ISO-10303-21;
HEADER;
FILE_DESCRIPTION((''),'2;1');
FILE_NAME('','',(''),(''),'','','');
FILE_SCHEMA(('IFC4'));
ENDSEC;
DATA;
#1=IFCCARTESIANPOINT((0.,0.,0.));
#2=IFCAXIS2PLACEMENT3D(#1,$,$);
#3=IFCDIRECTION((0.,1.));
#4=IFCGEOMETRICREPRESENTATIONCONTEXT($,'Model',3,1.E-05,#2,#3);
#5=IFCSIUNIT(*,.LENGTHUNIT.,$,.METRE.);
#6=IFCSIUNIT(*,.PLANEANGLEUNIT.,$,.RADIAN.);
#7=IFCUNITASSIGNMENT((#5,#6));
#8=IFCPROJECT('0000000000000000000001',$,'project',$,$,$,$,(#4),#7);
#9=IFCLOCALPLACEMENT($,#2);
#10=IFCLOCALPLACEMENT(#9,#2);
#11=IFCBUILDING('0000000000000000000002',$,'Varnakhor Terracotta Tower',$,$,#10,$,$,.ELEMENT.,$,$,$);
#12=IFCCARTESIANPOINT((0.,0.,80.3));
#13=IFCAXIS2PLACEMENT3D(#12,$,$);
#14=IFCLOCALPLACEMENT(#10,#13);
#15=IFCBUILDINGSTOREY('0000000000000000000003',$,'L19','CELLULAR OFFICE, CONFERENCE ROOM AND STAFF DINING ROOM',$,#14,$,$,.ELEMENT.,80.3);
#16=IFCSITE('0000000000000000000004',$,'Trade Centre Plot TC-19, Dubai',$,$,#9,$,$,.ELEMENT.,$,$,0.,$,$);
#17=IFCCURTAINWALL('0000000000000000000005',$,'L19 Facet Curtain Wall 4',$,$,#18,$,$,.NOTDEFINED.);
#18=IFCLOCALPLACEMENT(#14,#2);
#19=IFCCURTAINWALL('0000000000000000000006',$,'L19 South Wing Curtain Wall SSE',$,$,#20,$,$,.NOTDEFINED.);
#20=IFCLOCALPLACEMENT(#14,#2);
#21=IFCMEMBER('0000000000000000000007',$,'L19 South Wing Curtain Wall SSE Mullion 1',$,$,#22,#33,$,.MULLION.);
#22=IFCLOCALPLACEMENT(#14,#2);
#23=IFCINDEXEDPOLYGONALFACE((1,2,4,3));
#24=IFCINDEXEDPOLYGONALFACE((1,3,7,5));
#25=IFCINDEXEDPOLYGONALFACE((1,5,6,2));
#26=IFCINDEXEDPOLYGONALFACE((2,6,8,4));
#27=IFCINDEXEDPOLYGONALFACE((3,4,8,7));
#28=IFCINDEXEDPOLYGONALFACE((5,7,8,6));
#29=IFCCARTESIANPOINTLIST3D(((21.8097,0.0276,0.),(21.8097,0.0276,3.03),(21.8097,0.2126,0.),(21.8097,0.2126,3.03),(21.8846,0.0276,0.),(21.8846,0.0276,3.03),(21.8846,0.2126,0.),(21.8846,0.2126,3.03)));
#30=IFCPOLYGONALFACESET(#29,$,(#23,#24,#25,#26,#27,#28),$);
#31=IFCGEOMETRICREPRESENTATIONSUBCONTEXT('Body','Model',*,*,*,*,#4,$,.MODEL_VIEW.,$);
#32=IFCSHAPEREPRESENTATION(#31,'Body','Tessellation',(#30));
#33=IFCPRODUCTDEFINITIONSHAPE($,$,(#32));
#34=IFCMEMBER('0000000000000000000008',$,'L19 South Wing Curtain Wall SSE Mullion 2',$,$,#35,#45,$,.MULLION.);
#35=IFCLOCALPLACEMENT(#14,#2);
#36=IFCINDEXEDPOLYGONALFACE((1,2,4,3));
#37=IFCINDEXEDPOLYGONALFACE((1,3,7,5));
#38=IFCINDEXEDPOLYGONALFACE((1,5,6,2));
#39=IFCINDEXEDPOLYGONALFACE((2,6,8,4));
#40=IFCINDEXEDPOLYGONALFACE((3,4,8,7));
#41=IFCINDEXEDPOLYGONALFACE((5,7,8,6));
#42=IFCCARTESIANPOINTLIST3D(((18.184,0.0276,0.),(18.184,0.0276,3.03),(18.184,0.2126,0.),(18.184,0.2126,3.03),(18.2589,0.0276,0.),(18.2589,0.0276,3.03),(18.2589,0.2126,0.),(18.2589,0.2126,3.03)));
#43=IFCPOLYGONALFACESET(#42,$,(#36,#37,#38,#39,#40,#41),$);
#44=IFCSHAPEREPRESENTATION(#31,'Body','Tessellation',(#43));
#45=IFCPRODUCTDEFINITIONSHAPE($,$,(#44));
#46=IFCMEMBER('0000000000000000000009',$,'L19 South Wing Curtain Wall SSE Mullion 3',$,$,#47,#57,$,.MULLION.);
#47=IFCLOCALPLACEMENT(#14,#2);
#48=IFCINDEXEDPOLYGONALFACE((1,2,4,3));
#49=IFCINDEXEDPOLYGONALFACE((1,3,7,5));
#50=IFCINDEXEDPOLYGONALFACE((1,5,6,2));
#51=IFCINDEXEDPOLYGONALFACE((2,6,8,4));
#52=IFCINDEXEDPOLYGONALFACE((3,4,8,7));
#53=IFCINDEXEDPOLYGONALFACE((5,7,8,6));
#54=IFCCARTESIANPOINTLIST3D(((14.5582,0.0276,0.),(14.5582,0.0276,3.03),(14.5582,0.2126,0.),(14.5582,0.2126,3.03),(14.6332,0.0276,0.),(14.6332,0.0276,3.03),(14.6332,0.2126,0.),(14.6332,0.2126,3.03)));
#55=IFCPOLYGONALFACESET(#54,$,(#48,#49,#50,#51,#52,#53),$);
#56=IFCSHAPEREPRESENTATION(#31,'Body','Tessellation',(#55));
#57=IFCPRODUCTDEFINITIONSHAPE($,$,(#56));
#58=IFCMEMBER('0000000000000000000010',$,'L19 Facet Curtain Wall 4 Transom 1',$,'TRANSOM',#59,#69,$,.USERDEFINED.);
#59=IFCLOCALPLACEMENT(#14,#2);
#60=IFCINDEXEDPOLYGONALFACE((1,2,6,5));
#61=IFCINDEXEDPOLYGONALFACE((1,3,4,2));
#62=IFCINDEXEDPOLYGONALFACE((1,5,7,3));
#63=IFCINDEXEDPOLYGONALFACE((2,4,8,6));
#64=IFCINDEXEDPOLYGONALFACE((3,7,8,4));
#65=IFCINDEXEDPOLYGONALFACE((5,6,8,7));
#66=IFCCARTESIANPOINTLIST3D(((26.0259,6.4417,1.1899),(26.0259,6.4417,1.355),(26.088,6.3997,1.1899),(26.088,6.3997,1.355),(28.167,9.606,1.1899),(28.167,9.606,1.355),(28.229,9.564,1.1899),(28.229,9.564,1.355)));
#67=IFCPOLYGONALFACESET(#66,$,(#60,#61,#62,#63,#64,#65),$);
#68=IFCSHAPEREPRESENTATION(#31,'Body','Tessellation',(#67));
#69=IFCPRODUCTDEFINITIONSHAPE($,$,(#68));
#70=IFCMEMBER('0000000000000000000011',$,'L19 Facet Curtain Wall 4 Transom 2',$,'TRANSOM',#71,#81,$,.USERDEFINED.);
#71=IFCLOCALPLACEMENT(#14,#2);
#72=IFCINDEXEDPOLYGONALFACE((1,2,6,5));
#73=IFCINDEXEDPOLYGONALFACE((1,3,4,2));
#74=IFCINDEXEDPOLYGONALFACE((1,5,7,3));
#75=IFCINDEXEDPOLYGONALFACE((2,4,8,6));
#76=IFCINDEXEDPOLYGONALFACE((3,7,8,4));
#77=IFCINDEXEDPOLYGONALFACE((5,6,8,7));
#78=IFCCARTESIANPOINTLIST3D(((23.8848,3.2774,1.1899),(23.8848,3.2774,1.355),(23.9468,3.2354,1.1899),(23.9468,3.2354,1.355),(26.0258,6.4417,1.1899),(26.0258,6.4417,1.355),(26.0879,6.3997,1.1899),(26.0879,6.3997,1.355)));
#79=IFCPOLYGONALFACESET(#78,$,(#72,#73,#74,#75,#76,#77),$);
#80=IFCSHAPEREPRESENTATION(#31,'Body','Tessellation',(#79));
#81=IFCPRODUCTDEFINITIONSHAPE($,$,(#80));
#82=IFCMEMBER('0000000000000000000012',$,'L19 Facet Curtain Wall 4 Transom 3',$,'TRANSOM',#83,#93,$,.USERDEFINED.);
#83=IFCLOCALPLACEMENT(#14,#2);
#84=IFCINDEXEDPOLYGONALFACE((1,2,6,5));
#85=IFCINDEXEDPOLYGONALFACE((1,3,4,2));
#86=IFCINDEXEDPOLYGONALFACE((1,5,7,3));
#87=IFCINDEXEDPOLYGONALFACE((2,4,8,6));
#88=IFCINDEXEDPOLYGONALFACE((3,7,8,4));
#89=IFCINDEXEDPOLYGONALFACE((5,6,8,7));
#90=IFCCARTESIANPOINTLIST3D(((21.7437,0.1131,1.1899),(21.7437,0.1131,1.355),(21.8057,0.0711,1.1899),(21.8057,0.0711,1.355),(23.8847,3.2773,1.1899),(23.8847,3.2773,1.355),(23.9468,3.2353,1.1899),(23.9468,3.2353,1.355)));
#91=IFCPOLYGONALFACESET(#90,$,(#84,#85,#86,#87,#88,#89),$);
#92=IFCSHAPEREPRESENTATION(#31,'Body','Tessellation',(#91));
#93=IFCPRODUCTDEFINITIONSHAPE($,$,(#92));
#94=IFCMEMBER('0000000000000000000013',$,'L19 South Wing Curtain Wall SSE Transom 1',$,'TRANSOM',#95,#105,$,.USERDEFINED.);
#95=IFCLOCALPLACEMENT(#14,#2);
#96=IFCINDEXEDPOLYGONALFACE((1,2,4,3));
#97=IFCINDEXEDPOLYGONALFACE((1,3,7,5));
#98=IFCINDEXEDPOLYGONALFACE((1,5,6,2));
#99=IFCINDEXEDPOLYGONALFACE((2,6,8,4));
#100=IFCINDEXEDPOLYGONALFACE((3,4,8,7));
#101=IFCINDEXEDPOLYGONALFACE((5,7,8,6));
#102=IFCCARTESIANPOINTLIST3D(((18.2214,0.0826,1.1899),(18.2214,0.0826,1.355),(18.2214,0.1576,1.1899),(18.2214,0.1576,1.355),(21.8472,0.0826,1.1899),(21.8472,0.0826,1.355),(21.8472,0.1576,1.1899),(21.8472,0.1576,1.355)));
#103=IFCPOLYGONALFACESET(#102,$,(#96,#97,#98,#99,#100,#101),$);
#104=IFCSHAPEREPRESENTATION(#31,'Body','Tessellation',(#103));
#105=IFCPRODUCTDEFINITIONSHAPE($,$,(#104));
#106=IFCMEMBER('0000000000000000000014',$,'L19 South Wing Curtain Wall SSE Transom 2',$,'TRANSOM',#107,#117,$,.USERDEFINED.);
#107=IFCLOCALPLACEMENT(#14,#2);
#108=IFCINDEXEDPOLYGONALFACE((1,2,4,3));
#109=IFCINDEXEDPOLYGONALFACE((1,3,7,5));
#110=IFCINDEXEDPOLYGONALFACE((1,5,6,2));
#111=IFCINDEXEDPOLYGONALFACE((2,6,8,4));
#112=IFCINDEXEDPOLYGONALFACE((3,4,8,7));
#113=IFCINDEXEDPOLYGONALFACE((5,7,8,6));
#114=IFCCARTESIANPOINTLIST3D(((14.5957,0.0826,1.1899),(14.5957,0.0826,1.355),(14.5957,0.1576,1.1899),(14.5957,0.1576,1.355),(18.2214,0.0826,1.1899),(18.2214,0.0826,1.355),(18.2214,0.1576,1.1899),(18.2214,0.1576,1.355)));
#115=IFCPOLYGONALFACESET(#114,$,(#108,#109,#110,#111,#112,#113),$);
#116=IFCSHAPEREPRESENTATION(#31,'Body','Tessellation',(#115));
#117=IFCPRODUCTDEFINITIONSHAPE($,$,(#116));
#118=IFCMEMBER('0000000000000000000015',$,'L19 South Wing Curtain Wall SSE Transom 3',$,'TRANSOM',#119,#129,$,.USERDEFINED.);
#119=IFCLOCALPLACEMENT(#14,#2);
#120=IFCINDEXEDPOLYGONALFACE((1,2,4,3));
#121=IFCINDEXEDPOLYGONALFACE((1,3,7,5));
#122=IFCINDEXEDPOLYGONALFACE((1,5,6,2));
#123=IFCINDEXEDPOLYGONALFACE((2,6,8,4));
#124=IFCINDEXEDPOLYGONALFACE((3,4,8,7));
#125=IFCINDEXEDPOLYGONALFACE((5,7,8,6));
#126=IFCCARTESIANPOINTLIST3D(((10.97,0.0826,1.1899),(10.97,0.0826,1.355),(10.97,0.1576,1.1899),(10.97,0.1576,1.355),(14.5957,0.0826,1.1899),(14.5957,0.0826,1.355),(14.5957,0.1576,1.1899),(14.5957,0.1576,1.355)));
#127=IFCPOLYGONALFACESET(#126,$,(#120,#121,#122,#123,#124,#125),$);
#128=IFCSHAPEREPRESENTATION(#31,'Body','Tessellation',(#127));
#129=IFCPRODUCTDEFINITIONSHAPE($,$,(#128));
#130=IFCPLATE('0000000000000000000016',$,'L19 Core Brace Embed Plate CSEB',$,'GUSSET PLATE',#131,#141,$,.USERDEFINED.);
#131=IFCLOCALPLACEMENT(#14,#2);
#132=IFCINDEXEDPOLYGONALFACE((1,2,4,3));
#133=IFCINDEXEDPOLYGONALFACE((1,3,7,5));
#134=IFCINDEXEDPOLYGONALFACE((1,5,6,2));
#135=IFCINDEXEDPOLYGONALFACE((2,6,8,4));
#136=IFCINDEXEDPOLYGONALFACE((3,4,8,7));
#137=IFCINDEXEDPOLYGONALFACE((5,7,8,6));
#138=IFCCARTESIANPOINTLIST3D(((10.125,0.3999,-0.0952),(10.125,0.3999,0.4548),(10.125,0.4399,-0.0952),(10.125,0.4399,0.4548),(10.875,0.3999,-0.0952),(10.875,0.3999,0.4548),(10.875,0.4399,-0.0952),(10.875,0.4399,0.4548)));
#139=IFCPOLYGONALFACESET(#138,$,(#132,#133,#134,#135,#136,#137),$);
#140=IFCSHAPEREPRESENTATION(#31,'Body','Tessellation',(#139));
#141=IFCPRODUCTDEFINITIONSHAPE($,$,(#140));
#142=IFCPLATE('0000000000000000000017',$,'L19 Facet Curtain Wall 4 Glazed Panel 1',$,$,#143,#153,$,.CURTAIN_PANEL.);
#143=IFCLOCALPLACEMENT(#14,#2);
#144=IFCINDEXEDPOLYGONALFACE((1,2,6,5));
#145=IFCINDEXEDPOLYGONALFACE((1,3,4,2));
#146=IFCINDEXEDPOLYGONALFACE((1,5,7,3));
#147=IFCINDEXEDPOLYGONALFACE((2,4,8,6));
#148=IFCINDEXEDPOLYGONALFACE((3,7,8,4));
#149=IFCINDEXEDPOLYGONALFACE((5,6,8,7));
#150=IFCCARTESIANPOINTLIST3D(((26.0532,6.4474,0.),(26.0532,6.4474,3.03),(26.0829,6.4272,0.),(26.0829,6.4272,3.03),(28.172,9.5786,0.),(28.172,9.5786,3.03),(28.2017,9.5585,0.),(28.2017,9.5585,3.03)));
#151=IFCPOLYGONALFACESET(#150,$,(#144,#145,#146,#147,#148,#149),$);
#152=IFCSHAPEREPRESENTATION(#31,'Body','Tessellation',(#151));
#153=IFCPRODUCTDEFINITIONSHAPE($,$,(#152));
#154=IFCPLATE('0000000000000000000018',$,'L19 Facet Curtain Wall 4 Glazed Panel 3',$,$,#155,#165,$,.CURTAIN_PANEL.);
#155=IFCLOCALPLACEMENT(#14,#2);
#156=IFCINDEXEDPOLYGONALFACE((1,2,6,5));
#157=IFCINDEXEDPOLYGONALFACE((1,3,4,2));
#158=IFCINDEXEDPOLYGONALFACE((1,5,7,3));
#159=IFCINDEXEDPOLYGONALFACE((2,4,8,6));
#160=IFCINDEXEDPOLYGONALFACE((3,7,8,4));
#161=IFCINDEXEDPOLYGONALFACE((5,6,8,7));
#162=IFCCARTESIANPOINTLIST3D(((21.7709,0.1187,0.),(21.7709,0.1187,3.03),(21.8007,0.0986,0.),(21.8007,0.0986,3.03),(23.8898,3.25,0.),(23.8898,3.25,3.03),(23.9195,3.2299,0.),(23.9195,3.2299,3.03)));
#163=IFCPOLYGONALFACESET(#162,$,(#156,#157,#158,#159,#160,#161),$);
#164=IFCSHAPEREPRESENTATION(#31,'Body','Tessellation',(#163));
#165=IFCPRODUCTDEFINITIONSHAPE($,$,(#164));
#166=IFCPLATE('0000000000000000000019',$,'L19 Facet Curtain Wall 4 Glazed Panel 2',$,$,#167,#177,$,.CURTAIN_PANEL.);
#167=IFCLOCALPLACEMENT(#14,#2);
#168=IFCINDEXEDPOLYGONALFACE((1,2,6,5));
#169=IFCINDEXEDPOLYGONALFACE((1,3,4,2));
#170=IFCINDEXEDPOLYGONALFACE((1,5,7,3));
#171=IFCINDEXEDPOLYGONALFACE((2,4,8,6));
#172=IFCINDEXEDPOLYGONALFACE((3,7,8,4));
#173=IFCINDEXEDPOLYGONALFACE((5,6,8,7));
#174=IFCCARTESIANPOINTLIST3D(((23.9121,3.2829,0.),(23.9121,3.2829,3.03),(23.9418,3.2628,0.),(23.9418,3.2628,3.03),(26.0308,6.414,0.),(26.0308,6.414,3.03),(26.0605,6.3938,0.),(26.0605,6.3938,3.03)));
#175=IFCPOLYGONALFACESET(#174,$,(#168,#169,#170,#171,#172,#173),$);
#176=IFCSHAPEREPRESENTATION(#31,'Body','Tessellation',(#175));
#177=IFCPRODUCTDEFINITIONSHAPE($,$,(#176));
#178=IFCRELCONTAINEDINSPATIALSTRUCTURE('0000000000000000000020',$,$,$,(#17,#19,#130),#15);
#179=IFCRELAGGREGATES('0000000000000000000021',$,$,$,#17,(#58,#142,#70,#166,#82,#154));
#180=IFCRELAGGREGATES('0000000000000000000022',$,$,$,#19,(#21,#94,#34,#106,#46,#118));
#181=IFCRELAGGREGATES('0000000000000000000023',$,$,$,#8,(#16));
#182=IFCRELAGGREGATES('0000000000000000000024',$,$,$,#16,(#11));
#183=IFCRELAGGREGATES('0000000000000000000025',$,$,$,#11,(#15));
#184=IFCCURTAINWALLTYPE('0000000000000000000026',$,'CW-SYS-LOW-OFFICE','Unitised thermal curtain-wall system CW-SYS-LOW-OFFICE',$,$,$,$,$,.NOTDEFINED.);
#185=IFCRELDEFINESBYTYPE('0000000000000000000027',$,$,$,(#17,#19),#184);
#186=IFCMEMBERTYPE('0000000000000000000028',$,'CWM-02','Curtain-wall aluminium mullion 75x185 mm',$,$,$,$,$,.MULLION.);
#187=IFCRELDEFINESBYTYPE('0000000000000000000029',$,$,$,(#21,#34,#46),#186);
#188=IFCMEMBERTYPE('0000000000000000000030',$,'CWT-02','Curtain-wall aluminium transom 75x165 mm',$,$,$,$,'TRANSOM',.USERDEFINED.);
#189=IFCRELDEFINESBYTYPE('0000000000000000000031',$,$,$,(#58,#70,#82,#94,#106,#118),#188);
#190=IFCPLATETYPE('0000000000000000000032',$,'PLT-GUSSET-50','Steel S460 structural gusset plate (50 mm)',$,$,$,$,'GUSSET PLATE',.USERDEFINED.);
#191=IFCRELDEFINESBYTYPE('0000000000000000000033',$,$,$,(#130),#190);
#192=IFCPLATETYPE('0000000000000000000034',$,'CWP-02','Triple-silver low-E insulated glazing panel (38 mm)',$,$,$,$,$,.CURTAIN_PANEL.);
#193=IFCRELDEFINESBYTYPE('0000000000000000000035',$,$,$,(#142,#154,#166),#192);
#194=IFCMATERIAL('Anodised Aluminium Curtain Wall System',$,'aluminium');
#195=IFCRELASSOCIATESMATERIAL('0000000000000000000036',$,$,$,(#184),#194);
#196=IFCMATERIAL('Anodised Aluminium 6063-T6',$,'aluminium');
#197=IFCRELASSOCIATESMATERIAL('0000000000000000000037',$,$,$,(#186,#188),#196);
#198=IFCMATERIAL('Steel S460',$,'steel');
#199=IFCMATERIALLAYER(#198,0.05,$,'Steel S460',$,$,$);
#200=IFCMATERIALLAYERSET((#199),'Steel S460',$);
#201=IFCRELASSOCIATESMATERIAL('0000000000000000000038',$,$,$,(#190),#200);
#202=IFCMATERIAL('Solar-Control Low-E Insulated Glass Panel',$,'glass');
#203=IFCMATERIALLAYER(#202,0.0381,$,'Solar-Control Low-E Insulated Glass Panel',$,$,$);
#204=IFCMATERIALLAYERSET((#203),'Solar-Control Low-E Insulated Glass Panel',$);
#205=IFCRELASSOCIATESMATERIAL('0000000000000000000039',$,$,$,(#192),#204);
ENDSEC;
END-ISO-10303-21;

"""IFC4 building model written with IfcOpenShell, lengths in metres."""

from ifc_helpers import new_model, si_unit, direction, frame, origin, origin_2d, place, context, subcontext, project, spatial, rectangle, extrude, source, transform, mapped, material, layer, layer_set, material_profile, profile_set, type_object, type_shapes, element, aggregate, save


model = new_model("IFC4")

# Units and contexts
model_context = context("Model", 3, precision=1e-05, world=origin(), true_north=direction((0.0, 1.0)))
body_context = subcontext(model_context, "Body", "Model", "MODEL_VIEW")
ifc_project = project(units=[si_unit("LENGTHUNIT", "METRE"), si_unit("PLANEANGLEUNIT", "RADIAN")], contexts=[model_context])

# Site, building, storey
site_placement = place(None, origin())
site = spatial("IfcSite", under=ifc_project, at=site_placement, Name="Trade Centre Plot TC-19, Dubai", CompositionType="ELEMENT", RefElevation=0.0)
building_placement = place(site_placement, origin())
building = spatial("IfcBuilding", under=site, at=building_placement, Name="Varnakhor Terracotta Tower", CompositionType="ELEMENT")
storey_placement = place(building_placement, frame((0.0, 0.0, 80.3)))
storey = spatial("IfcBuildingStorey", under=building, at=storey_placement, Name="L19", Description="CELLULAR OFFICE, CONFERENCE ROOM AND STAFF DINING ROOM", CompositionType="ELEMENT", Elevation=80.3)

# Shared definitions
ifc_material_1 = material(Name="Steel S460", Category="steel")

# Curtain walls, members
ifc_material_2 = material(Name="Anodised Aluminium Curtain Wall System", Category="aluminium")
curtain_wall_type = type_object("IfcCurtainWallType", Name="CW-SYS-LOW-OFFICE", Description="Unitised thermal curtain-wall system CW-SYS-LOW-OFFICE", PredefinedType="NOTDEFINED", material=ifc_material_2)
curtain_wall_1_placement = place(storey_placement, origin())
curtain_wall_1 = element("IfcCurtainWall", 1, at=curtain_wall_1_placement, inside=storey, type_object=curtain_wall_type, Name="L19 Facet Curtain Wall 4", PredefinedType="NOTDEFINED")
ifc_material_3 = material(Name="Anodised Aluminium 6063-T6", Category="aluminium")
ifc_material_profile_1 = material_profile(ifc_material_3, rectangle(XDim=0.075, YDim=0.1851, at=origin_2d()), Name="ALU MULLION 75x185")
ifc_profile_set_1 = profile_set([ifc_material_profile_1], Name="Anodised Aluminium 6063-T6")
member_type_1 = type_object("IfcMemberType", Name="CWM-02", Description="Curtain-wall aluminium mullion 75x185 mm", PredefinedType="MULLION", material=ifc_profile_set_1)
shared_shape_1 = source(origin(), body_context, "Body", "SweptSolid", [
    extrude(rectangle(XDim=0.075, YDim=0.1851, at=origin_2d()), origin(), (0.0, 0.0, 1.0), 3.03),
])
type_shapes(member_type_1, [shared_shape_1])
curtain_wall_2_placement = place(storey_placement, origin())
curtain_wall_2 = element("IfcCurtainWall", 2, at=curtain_wall_2_placement, inside=storey, type_object=curtain_wall_type, Name="L19 South Wing Curtain Wall SSE", PredefinedType="NOTDEFINED")
member_1_placement = place(storey_placement, frame((21.8472, 0.1201, 0.0), z_axis=(0.0, 0.0, 1.0), x_axis=(1.0, 0.0, 0.0)))
member_1 = element("IfcMember", 3, at=member_1_placement, type_object=member_type_1, Name="L19 South Wing Curtain Wall SSE Mullion 1", PredefinedType="MULLION", context=body_context, shape_type="MappedRepresentation", body=[
    mapped(shared_shape_1, transform((0.0, 0.0, 0.0), scale=1.0)),
])
member_2_placement = place(storey_placement, frame((18.2214, 0.1201, 0.0), z_axis=(0.0, 0.0, 1.0), x_axis=(1.0, 0.0, 0.0)))
member_2 = element("IfcMember", 4, at=member_2_placement, type_object=member_type_1, Name="L19 South Wing Curtain Wall SSE Mullion 2", PredefinedType="MULLION", context=body_context, shape_type="MappedRepresentation", body=[
    mapped(shared_shape_1, transform((0.0, 0.0, 0.0), scale=1.0)),
])
member_3_placement = place(storey_placement, frame((14.5957, 0.1201, 0.0), z_axis=(0.0, 0.0, 1.0), x_axis=(1.0, 0.0, 0.0)))
member_3 = element("IfcMember", 5, at=member_3_placement, type_object=member_type_1, Name="L19 South Wing Curtain Wall SSE Mullion 3", PredefinedType="MULLION", context=body_context, shape_type="MappedRepresentation", body=[
    mapped(shared_shape_1, transform((0.0, 0.0, 0.0), scale=1.0)),
])

# Members
ifc_material_profile_2 = material_profile(ifc_material_3, rectangle(XDim=0.075, YDim=0.165, at=origin_2d()), Name="ALU TRANSOM 75x165")
ifc_profile_set_2 = profile_set([ifc_material_profile_2], Name="Anodised Aluminium 6063-T6")
member_type_2 = type_object("IfcMemberType", Name="CWT-02", Description="Curtain-wall aluminium transom 75x165 mm", ElementType="TRANSOM", PredefinedType="USERDEFINED", material=ifc_profile_set_2)
shared_shape_2 = source(origin(), body_context, "Body", "SweptSolid", [
    extrude(rectangle(XDim=0.075, YDim=0.165, at=origin_2d()), origin(), (0.0, 0.0, 1.0), 3.8206),
])
member_4_placement = place(storey_placement, frame((28.198, 9.585, 1.2725), z_axis=(-0.560409, -0.828216, 0.0), x_axis=(0.828216, -0.560409, 0.0)))
member_4 = element("IfcMember", 6, at=member_4_placement, type_object=member_type_2, Name="L19 Facet Curtain Wall 4 Transom 1", ObjectType="TRANSOM", PredefinedType="USERDEFINED", context=body_context, shape_type="MappedRepresentation", body=[
    mapped(shared_shape_2, transform((0.0, 0.0, 0.0), scale=1.0)),
])
member_5_placement = place(storey_placement, frame((26.0569, 6.4207, 1.2725), z_axis=(-0.560409, -0.828216, 0.0), x_axis=(0.828216, -0.560409, 0.0)))
member_5 = element("IfcMember", 7, at=member_5_placement, type_object=member_type_2, Name="L19 Facet Curtain Wall 4 Transom 2", ObjectType="TRANSOM", PredefinedType="USERDEFINED", context=body_context, shape_type="MappedRepresentation", body=[
    mapped(shared_shape_2, transform((0.0, 0.0, 0.0), scale=1.0)),
])
member_6_placement = place(storey_placement, frame((23.9158, 3.2563, 1.2725), z_axis=(-0.560409, -0.828216, 0.0), x_axis=(0.828216, -0.560409, 0.0)))
member_6 = element("IfcMember", 8, at=member_6_placement, type_object=member_type_2, Name="L19 Facet Curtain Wall 4 Transom 3", ObjectType="TRANSOM", PredefinedType="USERDEFINED", context=body_context, shape_type="MappedRepresentation", body=[
    mapped(shared_shape_2, transform((0.0, 0.0, 0.0), scale=1.0)),
])
shared_shape_3 = source(origin(), body_context, "Body", "SweptSolid", [
    extrude(rectangle(XDim=0.075, YDim=0.165, at=origin_2d()), origin(), (0.0, 0.0, 1.0), 3.6257),
])
member_7_placement = place(storey_placement, frame((21.8472, 0.1201, 1.2725), z_axis=(-1.0, 0.0, 0.0), x_axis=(0.0, -1.0, 0.0)))
member_7 = element("IfcMember", 9, at=member_7_placement, type_object=member_type_2, Name="L19 South Wing Curtain Wall SSE Transom 1", ObjectType="TRANSOM", PredefinedType="USERDEFINED", context=body_context, shape_type="MappedRepresentation", body=[
    mapped(shared_shape_3, transform((0.0, 0.0, 0.0), scale=1.0)),
])
member_8_placement = place(storey_placement, frame((18.2214, 0.1201, 1.2725), z_axis=(-1.0, 0.0, 0.0), x_axis=(0.0, -1.0, 0.0)))
member_8 = element("IfcMember", 10, at=member_8_placement, type_object=member_type_2, Name="L19 South Wing Curtain Wall SSE Transom 2", ObjectType="TRANSOM", PredefinedType="USERDEFINED", context=body_context, shape_type="MappedRepresentation", body=[
    mapped(shared_shape_3, transform((0.0, 0.0, 0.0), scale=1.0)),
])
member_9_placement = place(storey_placement, frame((14.5957, 0.1201, 1.2725), z_axis=(-1.0, 0.0, 0.0), x_axis=(0.0, -1.0, 0.0)))
member_9 = element("IfcMember", 11, at=member_9_placement, type_object=member_type_2, Name="L19 South Wing Curtain Wall SSE Transom 3", ObjectType="TRANSOM", PredefinedType="USERDEFINED", context=body_context, shape_type="MappedRepresentation", body=[
    mapped(shared_shape_3, transform((0.0, 0.0, 0.0), scale=1.0)),
])

# Plates
ifc_layer_1 = layer(ifc_material_1, 0.05, Name="Steel S460")
ifc_layer_set_1 = layer_set([ifc_layer_1], Name="Steel S460")
plate_type_1 = type_object("IfcPlateType", Name="PLT-GUSSET-50", Description="Steel S460 structural gusset plate (50 mm)", ElementType="GUSSET PLATE", PredefinedType="USERDEFINED", material=ifc_layer_set_1)
shared_shape_4 = source(origin(), body_context, "Body", "SweptSolid", [
    extrude(rectangle(XDim=0.75, YDim=0.04, at=origin_2d()), origin(), (0.0, 0.0, 1.0), 0.55),
])
type_shapes(plate_type_1, [shared_shape_4])
plate_1_placement = place(storey_placement, frame((10.5, 0.4199, -0.0952), z_axis=(0.0, 0.0, 1.0), x_axis=(1.0, 0.0, 0.0)))
element("IfcPlate", 12, at=plate_1_placement, inside=storey, type_object=plate_type_1, Name="L19 Core Brace Embed Plate CSEB", ObjectType="GUSSET PLATE", PredefinedType="USERDEFINED", context=body_context, shape_type="MappedRepresentation", body=[
    mapped(shared_shape_4, transform((0.0, 0.0, 0.0), scale=1.0)),
])
ifc_material_4 = material(Name="Solar-Control Low-E Insulated Glass Panel", Category="glass")
ifc_layer_2 = layer(ifc_material_4, 0.0381, Name="Solar-Control Low-E Insulated Glass Panel")
ifc_layer_set_2 = layer_set([ifc_layer_2], Name="Solar-Control Low-E Insulated Glass Panel")
plate_type_2 = type_object("IfcPlateType", Name="CWP-02", Description="Triple-silver low-E insulated glazing panel (38 mm)", PredefinedType="CURTAIN_PANEL", material=ifc_layer_set_2)
shared_shape_5 = source(origin(), body_context, "Body", "SweptSolid", [
    extrude(rectangle(XDim=3.7808, YDim=0.0359, at=origin_2d()), origin(), (0.0, 0.0, 1.0), 3.03),
])
plate_2_placement = place(storey_placement, frame((27.1274, 8.0029, 0.0), z_axis=(0.0, 0.0, 1.0), x_axis=(-0.560422, -0.828207, 0.0)))
plate_2 = element("IfcPlate", 13, at=plate_2_placement, type_object=plate_type_2, Name="L19 Facet Curtain Wall 4 Glazed Panel 1", PredefinedType="CURTAIN_PANEL", context=body_context, shape_type="MappedRepresentation", body=[
    mapped(shared_shape_5, transform((0.0, 0.0, 0.0), scale=1.0)),
])
plate_3_placement = place(storey_placement, frame((22.8452, 1.6743, 0.0), z_axis=(0.0, 0.0, 1.0), x_axis=(-0.560422, -0.828207, 0.0)))
plate_3 = element("IfcPlate", 14, at=plate_3_placement, type_object=plate_type_2, Name="L19 Facet Curtain Wall 4 Glazed Panel 3", PredefinedType="CURTAIN_PANEL", context=body_context, shape_type="MappedRepresentation", body=[
    mapped(shared_shape_5, transform((0.0, 0.0, 0.0), scale=1.0)),
])
shared_shape_6 = source(origin(), body_context, "Body", "SweptSolid", [
    extrude(rectangle(XDim=3.7805, YDim=0.0359, at=origin_2d()), origin(), (0.0, 0.0, 1.0), 3.03),
])
plate_4_placement = place(storey_placement, frame((24.9863, 4.8384, 0.0), z_axis=(0.0, 0.0, 1.0), x_axis=(-0.560422, -0.828207, 0.0)))
plate_4 = element("IfcPlate", 15, at=plate_4_placement, type_object=plate_type_2, Name="L19 Facet Curtain Wall 4 Glazed Panel 2", PredefinedType="CURTAIN_PANEL", context=body_context, shape_type="MappedRepresentation", body=[
    mapped(shared_shape_6, transform((0.0, 0.0, 0.0), scale=1.0)),
])
aggregate(curtain_wall_1, [member_4, plate_2, member_5, plate_4, member_6, plate_3])
aggregate(curtain_wall_2, [member_1, member_7, member_2, member_8, member_3, member_9])

save(model, "model.ifc")
